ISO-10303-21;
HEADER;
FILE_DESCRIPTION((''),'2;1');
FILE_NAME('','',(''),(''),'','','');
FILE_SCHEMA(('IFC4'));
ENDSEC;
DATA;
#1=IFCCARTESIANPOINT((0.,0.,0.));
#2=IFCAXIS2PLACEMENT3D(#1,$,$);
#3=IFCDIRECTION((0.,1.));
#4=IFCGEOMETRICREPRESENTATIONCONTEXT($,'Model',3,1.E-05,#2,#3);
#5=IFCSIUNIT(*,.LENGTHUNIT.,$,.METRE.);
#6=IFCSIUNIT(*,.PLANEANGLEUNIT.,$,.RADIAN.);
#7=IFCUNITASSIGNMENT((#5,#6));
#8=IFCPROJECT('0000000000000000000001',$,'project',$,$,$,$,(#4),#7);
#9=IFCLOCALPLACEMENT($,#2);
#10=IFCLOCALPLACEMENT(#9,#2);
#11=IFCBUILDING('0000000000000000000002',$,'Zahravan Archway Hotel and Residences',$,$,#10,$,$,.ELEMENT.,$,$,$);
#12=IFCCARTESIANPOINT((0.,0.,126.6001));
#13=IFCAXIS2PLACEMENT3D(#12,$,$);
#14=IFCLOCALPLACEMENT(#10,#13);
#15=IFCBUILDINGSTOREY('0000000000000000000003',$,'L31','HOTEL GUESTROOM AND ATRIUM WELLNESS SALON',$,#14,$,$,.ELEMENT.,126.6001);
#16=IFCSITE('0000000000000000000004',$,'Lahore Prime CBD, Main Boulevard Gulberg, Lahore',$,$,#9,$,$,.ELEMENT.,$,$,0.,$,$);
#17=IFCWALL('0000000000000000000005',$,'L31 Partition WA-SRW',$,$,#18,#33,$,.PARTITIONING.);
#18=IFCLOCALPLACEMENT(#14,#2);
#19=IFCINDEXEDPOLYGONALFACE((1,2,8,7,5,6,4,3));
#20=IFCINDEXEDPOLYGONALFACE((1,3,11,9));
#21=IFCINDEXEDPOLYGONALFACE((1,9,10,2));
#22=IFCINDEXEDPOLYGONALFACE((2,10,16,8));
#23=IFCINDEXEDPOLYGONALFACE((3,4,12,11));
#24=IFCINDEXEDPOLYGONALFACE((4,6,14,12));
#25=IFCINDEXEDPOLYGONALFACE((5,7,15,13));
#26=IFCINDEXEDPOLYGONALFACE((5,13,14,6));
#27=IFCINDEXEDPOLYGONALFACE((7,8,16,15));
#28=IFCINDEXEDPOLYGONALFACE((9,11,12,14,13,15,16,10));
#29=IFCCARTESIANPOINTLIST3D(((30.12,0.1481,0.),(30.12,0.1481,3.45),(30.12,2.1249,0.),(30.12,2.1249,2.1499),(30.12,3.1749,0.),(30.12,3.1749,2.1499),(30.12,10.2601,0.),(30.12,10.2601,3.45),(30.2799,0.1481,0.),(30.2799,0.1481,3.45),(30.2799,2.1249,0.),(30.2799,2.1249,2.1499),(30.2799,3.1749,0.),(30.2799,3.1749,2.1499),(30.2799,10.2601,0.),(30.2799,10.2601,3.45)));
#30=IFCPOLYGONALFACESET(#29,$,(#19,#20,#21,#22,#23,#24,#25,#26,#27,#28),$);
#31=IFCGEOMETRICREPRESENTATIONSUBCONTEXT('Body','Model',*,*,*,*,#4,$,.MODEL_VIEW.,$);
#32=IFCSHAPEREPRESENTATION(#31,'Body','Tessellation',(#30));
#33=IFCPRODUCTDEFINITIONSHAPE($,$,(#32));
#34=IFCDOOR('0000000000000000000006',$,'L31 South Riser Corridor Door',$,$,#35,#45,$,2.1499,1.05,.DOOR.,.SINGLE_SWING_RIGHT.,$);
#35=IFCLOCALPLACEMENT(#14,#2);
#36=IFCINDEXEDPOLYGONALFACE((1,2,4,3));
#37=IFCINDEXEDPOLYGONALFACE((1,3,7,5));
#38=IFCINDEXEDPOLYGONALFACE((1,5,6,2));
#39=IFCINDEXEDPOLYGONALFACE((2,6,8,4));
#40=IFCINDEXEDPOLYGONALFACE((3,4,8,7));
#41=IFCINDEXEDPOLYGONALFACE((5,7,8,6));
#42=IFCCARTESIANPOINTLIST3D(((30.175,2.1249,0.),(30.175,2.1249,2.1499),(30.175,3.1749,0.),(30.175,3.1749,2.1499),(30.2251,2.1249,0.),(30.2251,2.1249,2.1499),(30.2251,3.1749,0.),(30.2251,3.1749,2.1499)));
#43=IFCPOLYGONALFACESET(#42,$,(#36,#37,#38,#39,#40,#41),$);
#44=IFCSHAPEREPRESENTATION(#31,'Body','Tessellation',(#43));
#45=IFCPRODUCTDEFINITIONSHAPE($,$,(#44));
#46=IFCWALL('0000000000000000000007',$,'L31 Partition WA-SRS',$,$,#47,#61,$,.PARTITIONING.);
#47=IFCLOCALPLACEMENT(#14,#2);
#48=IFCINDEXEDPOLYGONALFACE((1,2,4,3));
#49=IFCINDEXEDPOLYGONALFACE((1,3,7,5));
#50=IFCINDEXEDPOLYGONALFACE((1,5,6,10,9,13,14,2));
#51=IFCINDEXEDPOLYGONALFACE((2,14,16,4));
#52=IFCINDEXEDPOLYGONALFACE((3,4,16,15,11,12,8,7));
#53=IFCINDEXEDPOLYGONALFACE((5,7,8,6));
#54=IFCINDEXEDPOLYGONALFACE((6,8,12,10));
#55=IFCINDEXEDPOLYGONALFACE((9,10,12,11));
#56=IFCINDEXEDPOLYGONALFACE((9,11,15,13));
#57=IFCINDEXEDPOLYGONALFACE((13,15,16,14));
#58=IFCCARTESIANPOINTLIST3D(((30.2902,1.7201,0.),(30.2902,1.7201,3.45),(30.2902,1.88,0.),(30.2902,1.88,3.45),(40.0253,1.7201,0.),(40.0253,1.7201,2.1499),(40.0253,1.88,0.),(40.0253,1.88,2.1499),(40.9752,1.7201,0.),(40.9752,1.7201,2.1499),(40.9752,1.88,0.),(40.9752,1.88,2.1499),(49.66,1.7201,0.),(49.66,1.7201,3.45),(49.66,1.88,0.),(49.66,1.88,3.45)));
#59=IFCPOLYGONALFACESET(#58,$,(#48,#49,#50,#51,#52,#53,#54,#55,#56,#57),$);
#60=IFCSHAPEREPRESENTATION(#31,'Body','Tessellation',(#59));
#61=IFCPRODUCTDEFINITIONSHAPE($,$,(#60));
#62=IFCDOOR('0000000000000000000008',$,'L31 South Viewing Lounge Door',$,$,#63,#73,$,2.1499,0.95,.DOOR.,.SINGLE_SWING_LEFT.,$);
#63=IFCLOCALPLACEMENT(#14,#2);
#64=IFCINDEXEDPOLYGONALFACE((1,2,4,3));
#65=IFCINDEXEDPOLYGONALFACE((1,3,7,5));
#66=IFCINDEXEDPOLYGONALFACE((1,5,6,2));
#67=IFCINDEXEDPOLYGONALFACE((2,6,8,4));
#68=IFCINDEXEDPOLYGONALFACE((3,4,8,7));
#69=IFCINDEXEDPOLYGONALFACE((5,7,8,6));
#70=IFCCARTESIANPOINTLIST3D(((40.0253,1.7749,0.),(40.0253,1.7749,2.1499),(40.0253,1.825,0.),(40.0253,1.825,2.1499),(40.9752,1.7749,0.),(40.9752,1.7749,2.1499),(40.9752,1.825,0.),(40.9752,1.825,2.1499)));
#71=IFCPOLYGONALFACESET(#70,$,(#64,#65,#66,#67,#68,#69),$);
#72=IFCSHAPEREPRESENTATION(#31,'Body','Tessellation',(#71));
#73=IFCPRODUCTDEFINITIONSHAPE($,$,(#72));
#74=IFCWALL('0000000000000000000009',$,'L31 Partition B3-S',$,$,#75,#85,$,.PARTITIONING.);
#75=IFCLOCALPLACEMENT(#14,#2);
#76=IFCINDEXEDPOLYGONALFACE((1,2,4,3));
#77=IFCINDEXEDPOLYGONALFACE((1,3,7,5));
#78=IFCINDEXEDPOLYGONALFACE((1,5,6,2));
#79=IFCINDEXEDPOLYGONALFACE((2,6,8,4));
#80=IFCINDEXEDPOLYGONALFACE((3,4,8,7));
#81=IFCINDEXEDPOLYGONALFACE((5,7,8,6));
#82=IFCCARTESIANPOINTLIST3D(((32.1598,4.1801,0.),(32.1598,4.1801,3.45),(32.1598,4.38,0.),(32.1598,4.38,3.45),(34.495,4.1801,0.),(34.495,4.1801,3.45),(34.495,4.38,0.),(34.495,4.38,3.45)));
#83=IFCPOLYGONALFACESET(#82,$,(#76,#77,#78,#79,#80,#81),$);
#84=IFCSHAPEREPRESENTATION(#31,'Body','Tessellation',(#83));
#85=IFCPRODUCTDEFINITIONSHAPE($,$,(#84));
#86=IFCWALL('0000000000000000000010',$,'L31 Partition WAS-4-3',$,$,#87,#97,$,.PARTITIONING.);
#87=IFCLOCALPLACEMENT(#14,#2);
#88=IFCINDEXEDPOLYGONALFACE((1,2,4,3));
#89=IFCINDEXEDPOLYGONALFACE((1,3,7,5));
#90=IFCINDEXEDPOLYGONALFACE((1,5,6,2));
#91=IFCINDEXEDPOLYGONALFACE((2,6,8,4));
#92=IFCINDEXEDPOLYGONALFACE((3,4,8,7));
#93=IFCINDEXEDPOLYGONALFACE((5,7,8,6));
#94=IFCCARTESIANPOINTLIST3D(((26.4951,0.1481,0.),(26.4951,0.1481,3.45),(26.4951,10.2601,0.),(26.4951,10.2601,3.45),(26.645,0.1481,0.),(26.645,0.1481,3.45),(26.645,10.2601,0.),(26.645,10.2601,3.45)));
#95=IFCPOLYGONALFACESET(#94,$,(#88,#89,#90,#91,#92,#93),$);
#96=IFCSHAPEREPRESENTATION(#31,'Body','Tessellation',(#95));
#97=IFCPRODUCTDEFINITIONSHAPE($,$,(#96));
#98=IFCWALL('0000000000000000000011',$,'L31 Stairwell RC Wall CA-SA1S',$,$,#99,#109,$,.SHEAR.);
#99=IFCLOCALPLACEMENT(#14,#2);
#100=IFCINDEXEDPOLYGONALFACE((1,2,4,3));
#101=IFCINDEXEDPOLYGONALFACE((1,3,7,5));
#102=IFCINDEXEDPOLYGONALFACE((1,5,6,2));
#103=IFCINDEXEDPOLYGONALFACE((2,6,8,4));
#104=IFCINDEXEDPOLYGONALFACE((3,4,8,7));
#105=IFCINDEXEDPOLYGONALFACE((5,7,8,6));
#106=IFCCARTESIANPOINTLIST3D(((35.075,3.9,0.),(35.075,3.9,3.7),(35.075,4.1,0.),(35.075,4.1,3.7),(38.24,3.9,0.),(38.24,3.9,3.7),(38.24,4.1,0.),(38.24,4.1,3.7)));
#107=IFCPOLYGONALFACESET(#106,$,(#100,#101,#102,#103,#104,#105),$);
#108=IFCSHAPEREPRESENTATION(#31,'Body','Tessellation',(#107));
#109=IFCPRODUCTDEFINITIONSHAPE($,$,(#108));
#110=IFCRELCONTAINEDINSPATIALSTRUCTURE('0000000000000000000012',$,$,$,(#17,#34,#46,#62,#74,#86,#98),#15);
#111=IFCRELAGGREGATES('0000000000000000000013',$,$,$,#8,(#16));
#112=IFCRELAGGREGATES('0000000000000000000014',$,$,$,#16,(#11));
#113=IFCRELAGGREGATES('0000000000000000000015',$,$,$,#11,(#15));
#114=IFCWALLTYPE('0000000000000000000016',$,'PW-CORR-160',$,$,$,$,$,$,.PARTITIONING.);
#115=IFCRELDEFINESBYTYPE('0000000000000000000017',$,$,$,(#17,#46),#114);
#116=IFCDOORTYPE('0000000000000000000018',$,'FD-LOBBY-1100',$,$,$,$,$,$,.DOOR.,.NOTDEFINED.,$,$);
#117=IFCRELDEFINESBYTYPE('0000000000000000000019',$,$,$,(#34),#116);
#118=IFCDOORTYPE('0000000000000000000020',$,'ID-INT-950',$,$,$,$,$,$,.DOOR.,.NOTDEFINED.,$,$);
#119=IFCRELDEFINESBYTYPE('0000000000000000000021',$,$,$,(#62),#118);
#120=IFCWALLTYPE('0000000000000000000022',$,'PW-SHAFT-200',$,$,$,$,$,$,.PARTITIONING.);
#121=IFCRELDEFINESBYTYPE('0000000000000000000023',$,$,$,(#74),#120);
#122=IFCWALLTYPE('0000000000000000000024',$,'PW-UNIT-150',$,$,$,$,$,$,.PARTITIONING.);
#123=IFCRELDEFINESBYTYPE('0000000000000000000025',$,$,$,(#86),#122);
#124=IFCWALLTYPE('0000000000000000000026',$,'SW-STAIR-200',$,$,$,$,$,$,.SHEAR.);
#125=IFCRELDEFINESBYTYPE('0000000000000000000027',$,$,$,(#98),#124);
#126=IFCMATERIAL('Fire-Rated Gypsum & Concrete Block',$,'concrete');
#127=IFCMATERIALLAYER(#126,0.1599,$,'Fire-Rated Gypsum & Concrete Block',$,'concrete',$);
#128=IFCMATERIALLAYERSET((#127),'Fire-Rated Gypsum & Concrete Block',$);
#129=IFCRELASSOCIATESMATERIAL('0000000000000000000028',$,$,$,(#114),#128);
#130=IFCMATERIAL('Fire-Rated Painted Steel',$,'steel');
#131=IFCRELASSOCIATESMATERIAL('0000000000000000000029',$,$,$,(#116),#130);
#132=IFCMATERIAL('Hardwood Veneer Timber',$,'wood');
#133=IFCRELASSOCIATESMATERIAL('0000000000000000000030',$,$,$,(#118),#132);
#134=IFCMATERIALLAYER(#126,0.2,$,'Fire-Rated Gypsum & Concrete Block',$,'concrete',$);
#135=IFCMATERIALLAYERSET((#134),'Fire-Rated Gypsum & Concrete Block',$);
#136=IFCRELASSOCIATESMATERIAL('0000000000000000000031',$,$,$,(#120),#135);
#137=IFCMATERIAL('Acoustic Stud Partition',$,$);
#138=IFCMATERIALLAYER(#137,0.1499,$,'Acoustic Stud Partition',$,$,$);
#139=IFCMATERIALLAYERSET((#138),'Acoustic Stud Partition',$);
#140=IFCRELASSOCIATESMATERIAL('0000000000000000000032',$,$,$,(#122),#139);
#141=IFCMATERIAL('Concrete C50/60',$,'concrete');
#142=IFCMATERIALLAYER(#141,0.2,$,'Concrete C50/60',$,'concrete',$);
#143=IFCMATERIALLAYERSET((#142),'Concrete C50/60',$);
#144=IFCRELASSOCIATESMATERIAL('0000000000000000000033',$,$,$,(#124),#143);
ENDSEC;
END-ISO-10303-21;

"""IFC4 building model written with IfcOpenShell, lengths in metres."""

from ifc_helpers import new_model, si_unit, direction, frame, frame_2d, origin, place, context, subcontext, project, spatial, rectangle, extrude, source, transform, mapped, material, layer, layer_set, type_object, type_shapes, element, fill, save


model = new_model("IFC4")

# Units and contexts
model_context = context("Model", 3, precision=1e-05, world=origin(), true_north=direction((0.0, 1.0)))
body_context = subcontext(model_context, "Body", "Model", "MODEL_VIEW")
ifc_project = project(units=[si_unit("LENGTHUNIT", "METRE"), si_unit("PLANEANGLEUNIT", "RADIAN")], contexts=[model_context])

# Site, building, storey
site_placement = place(None, origin())
site = spatial("IfcSite", under=ifc_project, at=site_placement, Name="Lahore Prime CBD, Main Boulevard Gulberg, Lahore", CompositionType="ELEMENT", RefElevation=0.0)
building_placement = place(site_placement, origin())
building = spatial("IfcBuilding", under=site, at=building_placement, Name="Zahravan Archway Hotel and Residences", CompositionType="ELEMENT")
storey_placement = place(building_placement, frame((0.0, 0.0, 126.6001)))
storey = spatial("IfcBuildingStorey", under=building, at=storey_placement, Name="L31", Description="HOTEL GUESTROOM AND ATRIUM WELLNESS SALON", CompositionType="ELEMENT", Elevation=126.6001)

# Shared definitions
ifc_material_1 = material(Name="Fire-Rated Painted Steel", Category="steel")

# Walls, openings, doors
ifc_material_2 = material(Name="Fire-Rated Gypsum & Concrete Block", Category="concrete")
ifc_layer_1 = layer(ifc_material_2, 0.1599, Name="Fire-Rated Gypsum & Concrete Block", Category="concrete")
ifc_layer_set_1 = layer_set([ifc_layer_1], Name="Fire-Rated Gypsum & Concrete Block")
wall_type_1 = type_object("IfcWallType", Name="PW-CORR-160", PredefinedType="PARTITIONING", material=ifc_layer_set_1)
wall_1_placement = place(storey_placement, frame((30.2, 0.1479, 0.0), z_axis=(0.0, 0.0, 1.0), x_axis=(0.0, 1.0, 0.0)))
wall_1 = element("IfcWall", 1, at=wall_1_placement, inside=storey, type_object=wall_type_1, Name="L31 Partition WA-SRW", PredefinedType="PARTITIONING", context=body_context, shape_type="SweptSolid", body=[
    extrude(rectangle(XDim=10.1121, YDim=0.1599, at=frame_2d((5.0562, 0.0))), origin(), (0.0, 0.0, 1.0), 3.45),
])
opening_1_placement = place(wall_1_placement, frame((1.9771, 0.0, 0.0)))
opening_1 = element("IfcOpeningElement", 2, at=opening_1_placement, cuts=wall_1, PredefinedType="OPENING", context=body_context, shape_type="SweptSolid", body=[
    extrude(rectangle(XDim=1.05, YDim=2.1499, at=frame_2d((0.5249, 1.075))), frame((0.0, 0.0898, 0.0), z_axis=(0.0, -1.0, 0.0), x_axis=(1.0, 0.0, 0.0)), (0.0, 0.0, 1.0), 0.1799),
])
door_type_1 = type_object("IfcDoorType", Name="FD-LOBBY-1100", OperationType="NOTDEFINED", PredefinedType="DOOR", material=ifc_material_1)
shared_shape_1 = source(origin(), body_context, "Body", "SweptSolid", [
    extrude(rectangle(XDim=1.05, YDim=2.1499, at=frame_2d((0.5249, 1.075))), frame((0.0, 0.0249, 0.0), z_axis=(0.0, -1.0, 0.0), x_axis=(1.0, 0.0, 0.0)), (0.0, 0.0, 1.0), 0.05),
])
type_shapes(door_type_1, [shared_shape_1])
door_1_placement = place(opening_1_placement, origin())
door_1 = element("IfcDoor", 3, at=door_1_placement, inside=storey, type_object=door_type_1, Name="L31 South Riser Corridor Door", OperationType="SINGLE_SWING_RIGHT", OverallHeight=2.1499, OverallWidth=1.05, PredefinedType="DOOR", context=body_context, shape_type="MappedRepresentation", body=[
    mapped(shared_shape_1, transform((0.0, 0.0, 0.0), scale=1.0)),
])
fill(opening_1, door_1)
wall_2_placement = place(storey_placement, frame((30.29, 1.8, 0.0), z_axis=(0.0, 0.0, 1.0), x_axis=(1.0, 0.0, 0.0)))
wall_2 = element("IfcWall", 4, at=wall_2_placement, inside=storey, type_object=wall_type_1, Name="L31 Partition WA-SRS", PredefinedType="PARTITIONING", context=body_context, shape_type="SweptSolid", body=[
    extrude(rectangle(XDim=19.3699, YDim=0.1599, at=frame_2d((9.6851, 0.0))), origin(), (0.0, 0.0, 1.0), 3.45),
])
opening_2_placement = place(wall_2_placement, frame((9.7351, 0.0, 0.0)))
opening_2 = element("IfcOpeningElement", 5, at=opening_2_placement, cuts=wall_2, PredefinedType="OPENING", context=body_context, shape_type="SweptSolid", body=[
    extrude(rectangle(XDim=0.95, YDim=2.1499, at=frame_2d((0.4751, 1.075))), frame((0.0, 0.0898, 0.0), z_axis=(0.0, -1.0, 0.0), x_axis=(1.0, 0.0, 0.0)), (0.0, 0.0, 1.0), 0.1799),
])
ifc_material_3 = material(Name="Hardwood Veneer Timber", Category="wood")
door_type_2 = type_object("IfcDoorType", Name="ID-INT-950", OperationType="NOTDEFINED", PredefinedType="DOOR", material=ifc_material_3)
shared_shape_2 = source(origin(), body_context, "Body", "SweptSolid", [
    extrude(rectangle(XDim=0.95, YDim=2.1499, at=frame_2d((0.4751, 1.075))), frame((0.0, 0.0249, 0.0), z_axis=(0.0, -1.0, 0.0), x_axis=(1.0, 0.0, 0.0)), (0.0, 0.0, 1.0), 0.05),
])
type_shapes(door_type_2, [shared_shape_2])
door_2_placement = place(opening_2_placement, origin())
door_2 = element("IfcDoor", 6, at=door_2_placement, inside=storey, type_object=door_type_2, Name="L31 South Viewing Lounge Door", OperationType="SINGLE_SWING_LEFT", OverallHeight=2.1499, OverallWidth=0.95, PredefinedType="DOOR", context=body_context, shape_type="MappedRepresentation", body=[
    mapped(shared_shape_2, transform((0.0, 0.0, 0.0), scale=1.0)),
])
fill(opening_2, door_2)

# Walls
ifc_layer_2 = layer(ifc_material_2, 0.2, Name="Fire-Rated Gypsum & Concrete Block", Category="concrete")
ifc_layer_set_2 = layer_set([ifc_layer_2], Name="Fire-Rated Gypsum & Concrete Block")
wall_type_2 = type_object("IfcWallType", Name="PW-SHAFT-200", PredefinedType="PARTITIONING", material=ifc_layer_set_2)
wall_3_placement = place(storey_placement, frame((32.1599, 4.28, 0.0), z_axis=(0.0, 0.0, 1.0), x_axis=(1.0, 0.0, 0.0)))
element("IfcWall", 7, at=wall_3_placement, inside=storey, type_object=wall_type_2, Name="L31 Partition B3-S", PredefinedType="PARTITIONING", context=body_context, shape_type="SweptSolid", body=[
    extrude(rectangle(XDim=2.3352, YDim=0.2, at=frame_2d((1.1675, 0.0))), origin(), (0.0, 0.0, 1.0), 3.45),
])
ifc_material_4 = material(Name="Acoustic Stud Partition")
ifc_layer_3 = layer(ifc_material_4, 0.1499, Name="Acoustic Stud Partition")
ifc_layer_set_3 = layer_set([ifc_layer_3], Name="Acoustic Stud Partition")
wall_type_3 = type_object("IfcWallType", Name="PW-UNIT-150", PredefinedType="PARTITIONING", material=ifc_layer_set_3)
wall_4_placement = place(storey_placement, frame((26.5701, 0.1479, 0.0), z_axis=(0.0, 0.0, 1.0), x_axis=(0.0, 1.0, 0.0)))
element("IfcWall", 8, at=wall_4_placement, inside=storey, type_object=wall_type_3, Name="L31 Partition WAS-4-3", PredefinedType="PARTITIONING", context=body_context, shape_type="SweptSolid", body=[
    extrude(rectangle(XDim=10.1121, YDim=0.1499, at=frame_2d((5.0562, 0.0))), origin(), (0.0, 0.0, 1.0), 3.45),
])
ifc_material_5 = material(Name="Concrete C50/60", Category="concrete")
ifc_layer_4 = layer(ifc_material_5, 0.2, Name="Concrete C50/60", Category="concrete")
ifc_layer_set_4 = layer_set([ifc_layer_4], Name="Concrete C50/60")
wall_type_4 = type_object("IfcWallType", Name="SW-STAIR-200", PredefinedType="SHEAR", material=ifc_layer_set_4)
wall_5_placement = place(storey_placement, frame((35.075, 4.0, 0.0), z_axis=(0.0, 0.0, 1.0), x_axis=(1.0, 0.0, 0.0)))
element("IfcWall", 9, at=wall_5_placement, inside=storey, type_object=wall_type_4, Name="L31 Stairwell RC Wall CA-SA1S", PredefinedType="SHEAR", context=body_context, shape_type="SweptSolid", body=[
    extrude(rectangle(XDim=3.165, YDim=0.2, at=frame_2d((1.5825, 0.0))), origin(), (0.0, 0.0, 1.0), 3.7),
])

save(model, "model.ifc")
